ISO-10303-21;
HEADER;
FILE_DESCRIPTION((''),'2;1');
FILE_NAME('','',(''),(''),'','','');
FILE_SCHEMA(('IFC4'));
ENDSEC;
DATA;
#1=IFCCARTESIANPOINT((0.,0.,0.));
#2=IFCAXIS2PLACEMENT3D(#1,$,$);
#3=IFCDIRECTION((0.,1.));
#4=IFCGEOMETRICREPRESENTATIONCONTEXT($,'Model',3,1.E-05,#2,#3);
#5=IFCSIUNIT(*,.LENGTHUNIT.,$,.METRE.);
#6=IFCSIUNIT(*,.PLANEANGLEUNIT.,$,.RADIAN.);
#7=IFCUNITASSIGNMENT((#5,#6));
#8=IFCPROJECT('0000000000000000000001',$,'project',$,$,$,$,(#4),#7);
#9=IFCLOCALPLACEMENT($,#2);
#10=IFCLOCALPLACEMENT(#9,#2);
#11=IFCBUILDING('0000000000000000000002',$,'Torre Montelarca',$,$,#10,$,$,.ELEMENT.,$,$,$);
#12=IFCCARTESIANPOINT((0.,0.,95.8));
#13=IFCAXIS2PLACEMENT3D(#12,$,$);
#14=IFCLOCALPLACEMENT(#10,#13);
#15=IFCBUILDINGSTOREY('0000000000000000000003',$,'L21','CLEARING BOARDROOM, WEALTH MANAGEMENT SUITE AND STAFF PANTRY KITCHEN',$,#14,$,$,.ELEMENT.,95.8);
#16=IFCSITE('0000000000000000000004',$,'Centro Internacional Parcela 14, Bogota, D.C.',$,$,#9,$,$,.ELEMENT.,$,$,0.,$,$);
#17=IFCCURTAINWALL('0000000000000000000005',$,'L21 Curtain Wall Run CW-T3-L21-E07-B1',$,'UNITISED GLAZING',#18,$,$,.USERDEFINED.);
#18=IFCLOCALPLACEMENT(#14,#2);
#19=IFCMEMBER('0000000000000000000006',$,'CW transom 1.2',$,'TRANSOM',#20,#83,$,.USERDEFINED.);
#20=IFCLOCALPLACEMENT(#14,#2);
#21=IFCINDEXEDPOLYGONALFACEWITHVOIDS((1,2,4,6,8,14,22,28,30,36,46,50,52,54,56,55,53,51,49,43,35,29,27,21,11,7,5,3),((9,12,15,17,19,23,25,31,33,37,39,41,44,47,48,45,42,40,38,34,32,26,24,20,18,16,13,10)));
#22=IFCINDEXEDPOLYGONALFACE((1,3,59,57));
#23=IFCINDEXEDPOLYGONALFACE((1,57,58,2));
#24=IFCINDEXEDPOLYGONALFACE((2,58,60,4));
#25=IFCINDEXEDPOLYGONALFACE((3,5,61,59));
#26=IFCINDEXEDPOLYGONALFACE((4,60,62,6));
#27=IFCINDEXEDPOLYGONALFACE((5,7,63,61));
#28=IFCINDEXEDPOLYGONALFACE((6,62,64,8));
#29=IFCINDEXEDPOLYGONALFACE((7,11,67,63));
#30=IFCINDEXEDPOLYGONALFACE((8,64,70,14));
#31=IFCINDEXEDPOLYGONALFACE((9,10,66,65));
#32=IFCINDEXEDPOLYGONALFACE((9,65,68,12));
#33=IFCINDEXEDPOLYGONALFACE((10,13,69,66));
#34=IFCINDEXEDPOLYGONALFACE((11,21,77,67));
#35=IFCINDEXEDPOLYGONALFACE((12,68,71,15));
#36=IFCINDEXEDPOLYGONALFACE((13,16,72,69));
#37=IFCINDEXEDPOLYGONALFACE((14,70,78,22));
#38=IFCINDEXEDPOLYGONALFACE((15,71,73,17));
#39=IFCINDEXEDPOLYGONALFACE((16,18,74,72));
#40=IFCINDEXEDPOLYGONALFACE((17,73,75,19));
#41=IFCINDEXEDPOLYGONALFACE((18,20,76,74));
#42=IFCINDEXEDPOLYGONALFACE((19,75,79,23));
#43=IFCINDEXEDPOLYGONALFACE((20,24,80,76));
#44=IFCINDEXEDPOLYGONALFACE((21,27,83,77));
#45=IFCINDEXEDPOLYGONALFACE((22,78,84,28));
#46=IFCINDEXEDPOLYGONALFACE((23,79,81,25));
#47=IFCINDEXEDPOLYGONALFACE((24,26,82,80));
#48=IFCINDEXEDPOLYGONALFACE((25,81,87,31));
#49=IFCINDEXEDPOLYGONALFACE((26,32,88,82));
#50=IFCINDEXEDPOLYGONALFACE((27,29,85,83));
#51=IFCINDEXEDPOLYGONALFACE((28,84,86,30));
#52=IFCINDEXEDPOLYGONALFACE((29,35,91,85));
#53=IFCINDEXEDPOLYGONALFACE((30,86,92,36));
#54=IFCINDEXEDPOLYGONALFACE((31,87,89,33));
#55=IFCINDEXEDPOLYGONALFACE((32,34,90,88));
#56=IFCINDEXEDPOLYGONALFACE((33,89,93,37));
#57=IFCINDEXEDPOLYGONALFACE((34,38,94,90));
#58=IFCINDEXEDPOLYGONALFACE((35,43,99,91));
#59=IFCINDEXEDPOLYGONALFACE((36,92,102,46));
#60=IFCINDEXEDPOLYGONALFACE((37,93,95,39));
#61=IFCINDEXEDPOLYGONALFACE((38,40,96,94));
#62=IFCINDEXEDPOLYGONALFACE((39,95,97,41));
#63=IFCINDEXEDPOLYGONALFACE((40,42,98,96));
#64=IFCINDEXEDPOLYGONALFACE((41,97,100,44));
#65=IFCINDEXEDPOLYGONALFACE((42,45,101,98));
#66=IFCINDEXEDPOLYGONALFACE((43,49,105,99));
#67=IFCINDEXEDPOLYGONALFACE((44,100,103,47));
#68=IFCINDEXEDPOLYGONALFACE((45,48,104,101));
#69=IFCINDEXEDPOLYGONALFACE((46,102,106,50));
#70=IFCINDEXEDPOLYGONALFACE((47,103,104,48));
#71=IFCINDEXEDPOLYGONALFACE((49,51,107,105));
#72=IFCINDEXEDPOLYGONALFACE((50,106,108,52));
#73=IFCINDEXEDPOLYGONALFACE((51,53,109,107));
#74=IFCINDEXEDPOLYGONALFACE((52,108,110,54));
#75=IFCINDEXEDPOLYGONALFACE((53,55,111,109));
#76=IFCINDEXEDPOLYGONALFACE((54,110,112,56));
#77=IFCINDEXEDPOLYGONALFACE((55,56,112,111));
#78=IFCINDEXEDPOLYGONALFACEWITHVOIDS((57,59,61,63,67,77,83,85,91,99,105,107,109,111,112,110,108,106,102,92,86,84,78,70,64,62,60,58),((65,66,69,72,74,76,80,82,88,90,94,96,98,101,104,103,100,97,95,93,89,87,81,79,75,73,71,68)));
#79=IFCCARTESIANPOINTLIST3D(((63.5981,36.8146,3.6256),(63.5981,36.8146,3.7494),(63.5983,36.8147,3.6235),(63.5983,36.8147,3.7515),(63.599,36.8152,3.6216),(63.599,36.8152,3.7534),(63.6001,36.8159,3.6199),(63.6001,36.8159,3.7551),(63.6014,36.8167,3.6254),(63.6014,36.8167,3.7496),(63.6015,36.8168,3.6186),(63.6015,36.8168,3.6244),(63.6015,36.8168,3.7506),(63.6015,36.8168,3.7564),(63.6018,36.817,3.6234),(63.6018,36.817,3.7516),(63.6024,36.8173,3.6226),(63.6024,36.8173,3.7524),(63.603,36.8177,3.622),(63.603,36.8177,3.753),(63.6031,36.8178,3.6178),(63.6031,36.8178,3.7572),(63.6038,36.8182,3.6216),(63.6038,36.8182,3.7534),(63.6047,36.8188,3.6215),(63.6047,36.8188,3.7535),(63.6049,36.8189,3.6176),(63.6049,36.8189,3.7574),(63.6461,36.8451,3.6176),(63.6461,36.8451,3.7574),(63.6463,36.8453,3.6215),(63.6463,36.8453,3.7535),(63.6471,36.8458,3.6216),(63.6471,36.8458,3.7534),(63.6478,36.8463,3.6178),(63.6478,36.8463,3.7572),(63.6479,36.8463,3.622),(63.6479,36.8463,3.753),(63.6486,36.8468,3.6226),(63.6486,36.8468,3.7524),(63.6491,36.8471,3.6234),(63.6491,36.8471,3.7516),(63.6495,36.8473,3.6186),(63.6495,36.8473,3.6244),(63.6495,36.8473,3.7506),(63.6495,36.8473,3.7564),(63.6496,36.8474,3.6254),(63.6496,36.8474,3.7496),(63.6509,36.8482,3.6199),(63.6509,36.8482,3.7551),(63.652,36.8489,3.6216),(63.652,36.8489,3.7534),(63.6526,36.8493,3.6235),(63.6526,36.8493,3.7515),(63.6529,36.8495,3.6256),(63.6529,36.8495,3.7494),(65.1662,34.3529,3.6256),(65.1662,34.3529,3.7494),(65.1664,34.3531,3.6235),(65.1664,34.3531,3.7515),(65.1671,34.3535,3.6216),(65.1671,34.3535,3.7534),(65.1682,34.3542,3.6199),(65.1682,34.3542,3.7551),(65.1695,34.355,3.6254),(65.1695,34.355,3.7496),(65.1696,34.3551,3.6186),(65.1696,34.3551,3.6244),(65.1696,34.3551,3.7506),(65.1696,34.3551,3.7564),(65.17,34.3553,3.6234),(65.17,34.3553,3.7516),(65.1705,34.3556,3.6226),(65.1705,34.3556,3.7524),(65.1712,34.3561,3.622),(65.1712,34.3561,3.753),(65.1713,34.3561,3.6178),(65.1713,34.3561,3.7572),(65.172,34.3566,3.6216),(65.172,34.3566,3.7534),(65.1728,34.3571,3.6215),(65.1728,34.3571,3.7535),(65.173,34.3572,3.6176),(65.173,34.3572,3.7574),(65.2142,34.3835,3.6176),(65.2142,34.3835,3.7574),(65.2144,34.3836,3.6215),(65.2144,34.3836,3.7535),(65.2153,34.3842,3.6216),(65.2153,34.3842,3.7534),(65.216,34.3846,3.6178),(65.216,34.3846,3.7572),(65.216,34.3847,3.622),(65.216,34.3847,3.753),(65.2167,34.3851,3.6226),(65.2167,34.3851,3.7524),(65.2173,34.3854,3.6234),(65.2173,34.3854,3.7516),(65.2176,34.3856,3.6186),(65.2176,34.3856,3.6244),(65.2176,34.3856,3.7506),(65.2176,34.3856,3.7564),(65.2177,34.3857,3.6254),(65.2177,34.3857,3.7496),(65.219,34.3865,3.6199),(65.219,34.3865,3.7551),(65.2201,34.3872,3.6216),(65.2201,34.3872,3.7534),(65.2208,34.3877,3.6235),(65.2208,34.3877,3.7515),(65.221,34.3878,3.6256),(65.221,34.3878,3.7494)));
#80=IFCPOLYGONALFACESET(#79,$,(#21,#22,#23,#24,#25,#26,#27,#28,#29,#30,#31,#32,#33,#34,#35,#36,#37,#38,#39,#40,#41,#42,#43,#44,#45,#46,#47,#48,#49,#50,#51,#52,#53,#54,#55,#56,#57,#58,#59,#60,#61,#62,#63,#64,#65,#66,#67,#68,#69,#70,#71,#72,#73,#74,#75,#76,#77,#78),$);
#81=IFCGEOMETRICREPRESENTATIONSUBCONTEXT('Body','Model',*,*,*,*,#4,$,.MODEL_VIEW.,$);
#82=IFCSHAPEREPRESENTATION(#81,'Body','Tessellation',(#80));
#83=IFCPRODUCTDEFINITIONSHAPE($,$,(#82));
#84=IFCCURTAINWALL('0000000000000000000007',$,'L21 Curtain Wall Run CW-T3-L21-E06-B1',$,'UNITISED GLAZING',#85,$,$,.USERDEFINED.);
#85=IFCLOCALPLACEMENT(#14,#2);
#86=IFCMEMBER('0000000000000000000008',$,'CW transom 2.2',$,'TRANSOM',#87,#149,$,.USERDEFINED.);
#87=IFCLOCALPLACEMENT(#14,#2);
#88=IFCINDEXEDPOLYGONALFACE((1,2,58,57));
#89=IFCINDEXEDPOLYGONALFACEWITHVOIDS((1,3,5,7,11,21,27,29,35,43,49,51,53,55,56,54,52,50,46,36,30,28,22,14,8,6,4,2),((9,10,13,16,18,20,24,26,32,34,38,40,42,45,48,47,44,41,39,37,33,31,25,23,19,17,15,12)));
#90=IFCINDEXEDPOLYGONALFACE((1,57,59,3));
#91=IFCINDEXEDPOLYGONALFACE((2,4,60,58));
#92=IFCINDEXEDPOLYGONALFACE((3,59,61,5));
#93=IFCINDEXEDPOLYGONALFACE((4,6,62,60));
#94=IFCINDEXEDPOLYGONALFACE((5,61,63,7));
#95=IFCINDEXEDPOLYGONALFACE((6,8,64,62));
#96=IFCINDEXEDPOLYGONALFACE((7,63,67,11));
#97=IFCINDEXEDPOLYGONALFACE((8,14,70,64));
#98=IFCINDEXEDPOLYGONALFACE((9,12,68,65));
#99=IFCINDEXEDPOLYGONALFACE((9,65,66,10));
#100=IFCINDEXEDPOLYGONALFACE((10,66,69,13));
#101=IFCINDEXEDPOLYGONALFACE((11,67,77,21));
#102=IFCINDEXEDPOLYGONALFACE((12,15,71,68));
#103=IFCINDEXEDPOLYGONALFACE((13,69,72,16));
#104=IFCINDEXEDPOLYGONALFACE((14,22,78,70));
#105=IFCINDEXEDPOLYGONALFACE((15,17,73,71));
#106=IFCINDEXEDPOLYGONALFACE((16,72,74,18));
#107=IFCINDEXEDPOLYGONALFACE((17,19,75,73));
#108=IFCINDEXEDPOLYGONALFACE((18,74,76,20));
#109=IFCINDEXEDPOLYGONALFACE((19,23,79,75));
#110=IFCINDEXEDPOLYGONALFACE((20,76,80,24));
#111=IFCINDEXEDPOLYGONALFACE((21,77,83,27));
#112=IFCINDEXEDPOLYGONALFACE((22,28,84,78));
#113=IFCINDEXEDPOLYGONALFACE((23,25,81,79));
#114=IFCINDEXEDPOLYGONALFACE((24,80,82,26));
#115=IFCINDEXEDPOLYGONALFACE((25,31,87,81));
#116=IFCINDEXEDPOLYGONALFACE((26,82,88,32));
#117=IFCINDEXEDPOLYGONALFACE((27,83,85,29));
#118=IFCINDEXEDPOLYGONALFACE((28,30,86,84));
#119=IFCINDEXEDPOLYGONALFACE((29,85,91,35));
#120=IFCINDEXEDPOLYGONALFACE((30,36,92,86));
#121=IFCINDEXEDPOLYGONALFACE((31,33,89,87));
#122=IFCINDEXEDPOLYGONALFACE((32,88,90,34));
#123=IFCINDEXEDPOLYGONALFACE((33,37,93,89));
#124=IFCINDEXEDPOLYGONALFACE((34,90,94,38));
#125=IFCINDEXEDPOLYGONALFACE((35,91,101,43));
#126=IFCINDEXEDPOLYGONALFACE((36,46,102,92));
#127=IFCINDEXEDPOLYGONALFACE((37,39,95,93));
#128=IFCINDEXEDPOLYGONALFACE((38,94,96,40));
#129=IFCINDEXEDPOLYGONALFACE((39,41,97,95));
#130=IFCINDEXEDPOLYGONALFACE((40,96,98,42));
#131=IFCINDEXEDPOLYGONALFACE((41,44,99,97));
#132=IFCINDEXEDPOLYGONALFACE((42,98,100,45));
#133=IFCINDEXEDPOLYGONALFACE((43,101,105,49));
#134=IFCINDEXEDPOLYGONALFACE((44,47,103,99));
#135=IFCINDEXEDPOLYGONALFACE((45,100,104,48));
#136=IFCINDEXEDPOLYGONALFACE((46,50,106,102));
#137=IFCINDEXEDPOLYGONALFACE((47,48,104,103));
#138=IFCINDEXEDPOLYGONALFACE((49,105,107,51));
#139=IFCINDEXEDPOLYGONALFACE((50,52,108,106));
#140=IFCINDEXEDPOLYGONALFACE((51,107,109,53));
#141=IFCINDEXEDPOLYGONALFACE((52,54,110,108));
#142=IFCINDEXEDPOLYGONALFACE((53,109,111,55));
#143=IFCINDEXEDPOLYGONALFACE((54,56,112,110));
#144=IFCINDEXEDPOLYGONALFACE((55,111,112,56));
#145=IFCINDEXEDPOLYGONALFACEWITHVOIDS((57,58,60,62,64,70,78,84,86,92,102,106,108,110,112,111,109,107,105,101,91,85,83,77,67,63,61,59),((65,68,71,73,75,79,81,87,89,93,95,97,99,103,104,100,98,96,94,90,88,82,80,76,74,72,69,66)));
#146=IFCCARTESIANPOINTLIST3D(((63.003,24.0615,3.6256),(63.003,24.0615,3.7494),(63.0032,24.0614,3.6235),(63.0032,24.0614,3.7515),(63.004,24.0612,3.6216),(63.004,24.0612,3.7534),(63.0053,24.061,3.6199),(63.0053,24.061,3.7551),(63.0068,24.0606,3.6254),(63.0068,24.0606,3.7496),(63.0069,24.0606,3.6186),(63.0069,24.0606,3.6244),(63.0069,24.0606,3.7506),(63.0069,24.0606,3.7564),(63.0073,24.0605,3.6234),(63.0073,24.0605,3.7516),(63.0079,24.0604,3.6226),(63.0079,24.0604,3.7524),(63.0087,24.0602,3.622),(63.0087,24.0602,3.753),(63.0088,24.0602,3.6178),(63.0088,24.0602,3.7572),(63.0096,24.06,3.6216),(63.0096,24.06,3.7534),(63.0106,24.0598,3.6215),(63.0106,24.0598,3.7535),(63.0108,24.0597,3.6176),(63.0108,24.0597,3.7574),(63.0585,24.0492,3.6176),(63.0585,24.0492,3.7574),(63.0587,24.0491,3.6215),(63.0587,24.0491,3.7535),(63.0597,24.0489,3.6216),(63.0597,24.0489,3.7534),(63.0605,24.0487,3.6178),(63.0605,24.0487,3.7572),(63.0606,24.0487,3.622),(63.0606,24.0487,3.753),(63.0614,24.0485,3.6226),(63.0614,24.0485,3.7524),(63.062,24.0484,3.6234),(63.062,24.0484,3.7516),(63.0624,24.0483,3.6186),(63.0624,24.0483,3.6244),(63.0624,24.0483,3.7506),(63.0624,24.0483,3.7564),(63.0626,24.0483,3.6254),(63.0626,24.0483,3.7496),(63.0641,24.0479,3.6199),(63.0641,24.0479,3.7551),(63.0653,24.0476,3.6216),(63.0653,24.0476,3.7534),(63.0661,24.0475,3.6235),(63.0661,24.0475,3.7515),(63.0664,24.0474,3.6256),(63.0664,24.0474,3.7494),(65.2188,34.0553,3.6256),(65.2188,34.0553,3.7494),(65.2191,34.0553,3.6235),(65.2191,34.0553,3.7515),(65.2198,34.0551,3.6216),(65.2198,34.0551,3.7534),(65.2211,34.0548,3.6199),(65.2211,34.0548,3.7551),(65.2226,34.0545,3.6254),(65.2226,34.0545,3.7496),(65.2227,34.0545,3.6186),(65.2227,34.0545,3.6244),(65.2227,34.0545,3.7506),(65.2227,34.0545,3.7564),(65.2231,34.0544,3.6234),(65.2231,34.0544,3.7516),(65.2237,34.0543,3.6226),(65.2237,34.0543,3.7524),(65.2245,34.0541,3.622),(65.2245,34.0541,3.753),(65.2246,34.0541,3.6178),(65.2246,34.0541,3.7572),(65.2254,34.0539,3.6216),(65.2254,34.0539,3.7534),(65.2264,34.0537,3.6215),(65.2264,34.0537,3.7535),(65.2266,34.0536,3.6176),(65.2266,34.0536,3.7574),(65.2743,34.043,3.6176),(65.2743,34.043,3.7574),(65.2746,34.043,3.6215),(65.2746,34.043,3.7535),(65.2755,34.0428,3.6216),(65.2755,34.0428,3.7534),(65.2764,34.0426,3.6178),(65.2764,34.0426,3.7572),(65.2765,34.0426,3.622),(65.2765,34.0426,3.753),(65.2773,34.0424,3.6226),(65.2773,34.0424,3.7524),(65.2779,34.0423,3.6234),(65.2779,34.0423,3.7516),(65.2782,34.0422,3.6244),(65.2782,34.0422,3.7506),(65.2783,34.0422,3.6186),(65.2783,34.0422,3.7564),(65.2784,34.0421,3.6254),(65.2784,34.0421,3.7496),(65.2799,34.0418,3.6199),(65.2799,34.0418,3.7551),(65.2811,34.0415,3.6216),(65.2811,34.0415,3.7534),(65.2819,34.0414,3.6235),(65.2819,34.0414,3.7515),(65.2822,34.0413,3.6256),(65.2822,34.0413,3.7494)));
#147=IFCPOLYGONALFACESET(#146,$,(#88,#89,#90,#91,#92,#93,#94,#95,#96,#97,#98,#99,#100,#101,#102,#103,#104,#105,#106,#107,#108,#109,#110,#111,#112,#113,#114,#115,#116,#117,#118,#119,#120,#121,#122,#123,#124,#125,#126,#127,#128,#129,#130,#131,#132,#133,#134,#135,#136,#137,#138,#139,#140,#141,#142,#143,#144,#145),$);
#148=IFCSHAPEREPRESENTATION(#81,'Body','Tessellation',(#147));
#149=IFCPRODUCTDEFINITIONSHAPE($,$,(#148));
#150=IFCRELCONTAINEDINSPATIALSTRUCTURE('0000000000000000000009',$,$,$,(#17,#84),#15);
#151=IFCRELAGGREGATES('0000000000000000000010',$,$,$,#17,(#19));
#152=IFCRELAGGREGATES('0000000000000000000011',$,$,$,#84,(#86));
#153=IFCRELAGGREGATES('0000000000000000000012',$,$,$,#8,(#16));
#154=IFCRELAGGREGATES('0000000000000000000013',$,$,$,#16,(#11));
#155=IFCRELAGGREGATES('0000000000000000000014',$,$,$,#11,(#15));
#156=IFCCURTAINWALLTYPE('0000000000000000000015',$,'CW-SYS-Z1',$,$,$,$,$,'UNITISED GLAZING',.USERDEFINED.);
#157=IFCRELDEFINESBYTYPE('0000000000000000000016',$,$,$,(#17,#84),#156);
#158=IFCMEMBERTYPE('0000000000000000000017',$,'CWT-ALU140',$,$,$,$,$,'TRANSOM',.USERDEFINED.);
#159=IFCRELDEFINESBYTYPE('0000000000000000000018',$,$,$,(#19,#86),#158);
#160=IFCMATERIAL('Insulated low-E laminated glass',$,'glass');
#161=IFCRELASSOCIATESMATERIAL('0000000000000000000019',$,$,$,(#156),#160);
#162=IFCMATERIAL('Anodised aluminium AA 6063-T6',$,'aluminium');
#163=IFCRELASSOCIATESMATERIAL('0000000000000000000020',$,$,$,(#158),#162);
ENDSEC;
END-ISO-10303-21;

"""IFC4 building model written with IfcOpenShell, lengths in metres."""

from ifc_helpers import new_model, si_unit, direction, frame, origin, origin_2d, place, context, subcontext, project, spatial, hollow_rectangle, extrude, source, transform, mapped, material, material_profile, profile_set, type_object, element, aggregate, save


model = new_model("IFC4")

# Units and contexts
model_context = context("Model", 3, precision=1e-05, world=origin(), true_north=direction((0.0, 1.0)))
body_context = subcontext(model_context, "Body", "Model", "MODEL_VIEW")
ifc_project = project(units=[si_unit("LENGTHUNIT", "METRE"), si_unit("PLANEANGLEUNIT", "RADIAN")], contexts=[model_context])

# Site, building, storey
site_placement = place(None, origin())
site = spatial("IfcSite", under=ifc_project, at=site_placement, Name="Centro Internacional Parcela 14, Bogota, D.C.", CompositionType="ELEMENT", RefElevation=0.0)
building_placement = place(site_placement, origin())
building = spatial("IfcBuilding", under=site, at=building_placement, Name="Torre Montelarca", CompositionType="ELEMENT")
storey_placement = place(building_placement, frame((0.0, 0.0, 95.8)))
storey = spatial("IfcBuildingStorey", under=building, at=storey_placement, Name="L21", Description="CLEARING BOARDROOM, WEALTH MANAGEMENT SUITE AND STAFF PANTRY KITCHEN", CompositionType="ELEMENT", Elevation=95.8)

# Curtain wall, member
ifc_material_1 = material(Name="Insulated low-E laminated glass", Category="glass")
curtain_wall_type = type_object("IfcCurtainWallType", Name="CW-SYS-Z1", ElementType="UNITISED GLAZING", PredefinedType="USERDEFINED", material=ifc_material_1)
curtain_wall_1_placement = place(storey_placement, origin())
curtain_wall_1 = element("IfcCurtainWall", 1, at=curtain_wall_1_placement, inside=storey, type_object=curtain_wall_type, Name="L21 Curtain Wall Run CW-T3-L21-E07-B1", ObjectType="UNITISED GLAZING", PredefinedType="USERDEFINED")
ifc_material_2 = material(Name="Anodised aluminium AA 6063-T6", Category="aluminium")
ifc_material_profile_1 = material_profile(ifc_material_2, hollow_rectangle(XDim=0.0649, YDim=0.1399, WallThickness=0.0039, InnerFilletRadius=0.0039, OuterFilletRadius=0.0081, at=origin_2d()), Name="ALU65X140X4", Category="aluminium")
ifc_profile_set_1 = profile_set([ifc_material_profile_1], Name="Anodised aluminium AA 6063-T6")
member_type_1 = type_object("IfcMemberType", Name="CWT-ALU140", ElementType="TRANSOM", PredefinedType="USERDEFINED", material=ifc_profile_set_1)
shared_shape_1 = source(origin(), body_context, "Body", "SweptSolid", [
    extrude(hollow_rectangle(XDim=0.0649, YDim=0.1399, WallThickness=0.0039, InnerFilletRadius=0.0039, OuterFilletRadius=0.0081, at=origin_2d()), origin(), (0.0, 0.0, 1.0), 2.9187),
])
member_1_placement = place(storey_placement, frame((65.1936, 34.3704, 3.6875), z_axis=(-0.537265, 0.843413, 0.0), x_axis=(-0.843413, -0.537265, 0.0)))
member_1 = element("IfcMember", 2, at=member_1_placement, type_object=member_type_1, Name="CW transom 1.2", ObjectType="TRANSOM", PredefinedType="USERDEFINED", context=body_context, shape_type="MappedRepresentation", body=[
    mapped(shared_shape_1, transform((0.0, 0.0, 0.0), scale=1.0)),
])

# Curtain wall, member
curtain_wall_2_placement = place(storey_placement, origin())
curtain_wall_2 = element("IfcCurtainWall", 3, at=curtain_wall_2_placement, inside=storey, type_object=curtain_wall_type, Name="L21 Curtain Wall Run CW-T3-L21-E06-B1", ObjectType="UNITISED GLAZING", PredefinedType="USERDEFINED")
shared_shape_2 = source(origin(), body_context, "Body", "SweptSolid", [
    extrude(hollow_rectangle(XDim=0.0649, YDim=0.1399, WallThickness=0.0039, InnerFilletRadius=0.0039, OuterFilletRadius=0.0081, at=origin_2d()), origin(), (0.0, 0.0, 1.0), 10.2366),
])
member_2_placement = place(storey_placement, frame((63.0347, 24.0544, 3.6875), z_axis=(0.216461, 0.976291, 0.0), x_axis=(-0.976291, 0.216461, 0.0)))
member_2 = element("IfcMember", 4, at=member_2_placement, type_object=member_type_1, Name="CW transom 2.2", ObjectType="TRANSOM", PredefinedType="USERDEFINED", context=body_context, shape_type="MappedRepresentation", body=[
    mapped(shared_shape_2, transform((0.0, 0.0, 0.0), scale=1.0)),
])

aggregate(curtain_wall_1, [member_1])
aggregate(curtain_wall_2, [member_2])

save(model, "model.ifc")
